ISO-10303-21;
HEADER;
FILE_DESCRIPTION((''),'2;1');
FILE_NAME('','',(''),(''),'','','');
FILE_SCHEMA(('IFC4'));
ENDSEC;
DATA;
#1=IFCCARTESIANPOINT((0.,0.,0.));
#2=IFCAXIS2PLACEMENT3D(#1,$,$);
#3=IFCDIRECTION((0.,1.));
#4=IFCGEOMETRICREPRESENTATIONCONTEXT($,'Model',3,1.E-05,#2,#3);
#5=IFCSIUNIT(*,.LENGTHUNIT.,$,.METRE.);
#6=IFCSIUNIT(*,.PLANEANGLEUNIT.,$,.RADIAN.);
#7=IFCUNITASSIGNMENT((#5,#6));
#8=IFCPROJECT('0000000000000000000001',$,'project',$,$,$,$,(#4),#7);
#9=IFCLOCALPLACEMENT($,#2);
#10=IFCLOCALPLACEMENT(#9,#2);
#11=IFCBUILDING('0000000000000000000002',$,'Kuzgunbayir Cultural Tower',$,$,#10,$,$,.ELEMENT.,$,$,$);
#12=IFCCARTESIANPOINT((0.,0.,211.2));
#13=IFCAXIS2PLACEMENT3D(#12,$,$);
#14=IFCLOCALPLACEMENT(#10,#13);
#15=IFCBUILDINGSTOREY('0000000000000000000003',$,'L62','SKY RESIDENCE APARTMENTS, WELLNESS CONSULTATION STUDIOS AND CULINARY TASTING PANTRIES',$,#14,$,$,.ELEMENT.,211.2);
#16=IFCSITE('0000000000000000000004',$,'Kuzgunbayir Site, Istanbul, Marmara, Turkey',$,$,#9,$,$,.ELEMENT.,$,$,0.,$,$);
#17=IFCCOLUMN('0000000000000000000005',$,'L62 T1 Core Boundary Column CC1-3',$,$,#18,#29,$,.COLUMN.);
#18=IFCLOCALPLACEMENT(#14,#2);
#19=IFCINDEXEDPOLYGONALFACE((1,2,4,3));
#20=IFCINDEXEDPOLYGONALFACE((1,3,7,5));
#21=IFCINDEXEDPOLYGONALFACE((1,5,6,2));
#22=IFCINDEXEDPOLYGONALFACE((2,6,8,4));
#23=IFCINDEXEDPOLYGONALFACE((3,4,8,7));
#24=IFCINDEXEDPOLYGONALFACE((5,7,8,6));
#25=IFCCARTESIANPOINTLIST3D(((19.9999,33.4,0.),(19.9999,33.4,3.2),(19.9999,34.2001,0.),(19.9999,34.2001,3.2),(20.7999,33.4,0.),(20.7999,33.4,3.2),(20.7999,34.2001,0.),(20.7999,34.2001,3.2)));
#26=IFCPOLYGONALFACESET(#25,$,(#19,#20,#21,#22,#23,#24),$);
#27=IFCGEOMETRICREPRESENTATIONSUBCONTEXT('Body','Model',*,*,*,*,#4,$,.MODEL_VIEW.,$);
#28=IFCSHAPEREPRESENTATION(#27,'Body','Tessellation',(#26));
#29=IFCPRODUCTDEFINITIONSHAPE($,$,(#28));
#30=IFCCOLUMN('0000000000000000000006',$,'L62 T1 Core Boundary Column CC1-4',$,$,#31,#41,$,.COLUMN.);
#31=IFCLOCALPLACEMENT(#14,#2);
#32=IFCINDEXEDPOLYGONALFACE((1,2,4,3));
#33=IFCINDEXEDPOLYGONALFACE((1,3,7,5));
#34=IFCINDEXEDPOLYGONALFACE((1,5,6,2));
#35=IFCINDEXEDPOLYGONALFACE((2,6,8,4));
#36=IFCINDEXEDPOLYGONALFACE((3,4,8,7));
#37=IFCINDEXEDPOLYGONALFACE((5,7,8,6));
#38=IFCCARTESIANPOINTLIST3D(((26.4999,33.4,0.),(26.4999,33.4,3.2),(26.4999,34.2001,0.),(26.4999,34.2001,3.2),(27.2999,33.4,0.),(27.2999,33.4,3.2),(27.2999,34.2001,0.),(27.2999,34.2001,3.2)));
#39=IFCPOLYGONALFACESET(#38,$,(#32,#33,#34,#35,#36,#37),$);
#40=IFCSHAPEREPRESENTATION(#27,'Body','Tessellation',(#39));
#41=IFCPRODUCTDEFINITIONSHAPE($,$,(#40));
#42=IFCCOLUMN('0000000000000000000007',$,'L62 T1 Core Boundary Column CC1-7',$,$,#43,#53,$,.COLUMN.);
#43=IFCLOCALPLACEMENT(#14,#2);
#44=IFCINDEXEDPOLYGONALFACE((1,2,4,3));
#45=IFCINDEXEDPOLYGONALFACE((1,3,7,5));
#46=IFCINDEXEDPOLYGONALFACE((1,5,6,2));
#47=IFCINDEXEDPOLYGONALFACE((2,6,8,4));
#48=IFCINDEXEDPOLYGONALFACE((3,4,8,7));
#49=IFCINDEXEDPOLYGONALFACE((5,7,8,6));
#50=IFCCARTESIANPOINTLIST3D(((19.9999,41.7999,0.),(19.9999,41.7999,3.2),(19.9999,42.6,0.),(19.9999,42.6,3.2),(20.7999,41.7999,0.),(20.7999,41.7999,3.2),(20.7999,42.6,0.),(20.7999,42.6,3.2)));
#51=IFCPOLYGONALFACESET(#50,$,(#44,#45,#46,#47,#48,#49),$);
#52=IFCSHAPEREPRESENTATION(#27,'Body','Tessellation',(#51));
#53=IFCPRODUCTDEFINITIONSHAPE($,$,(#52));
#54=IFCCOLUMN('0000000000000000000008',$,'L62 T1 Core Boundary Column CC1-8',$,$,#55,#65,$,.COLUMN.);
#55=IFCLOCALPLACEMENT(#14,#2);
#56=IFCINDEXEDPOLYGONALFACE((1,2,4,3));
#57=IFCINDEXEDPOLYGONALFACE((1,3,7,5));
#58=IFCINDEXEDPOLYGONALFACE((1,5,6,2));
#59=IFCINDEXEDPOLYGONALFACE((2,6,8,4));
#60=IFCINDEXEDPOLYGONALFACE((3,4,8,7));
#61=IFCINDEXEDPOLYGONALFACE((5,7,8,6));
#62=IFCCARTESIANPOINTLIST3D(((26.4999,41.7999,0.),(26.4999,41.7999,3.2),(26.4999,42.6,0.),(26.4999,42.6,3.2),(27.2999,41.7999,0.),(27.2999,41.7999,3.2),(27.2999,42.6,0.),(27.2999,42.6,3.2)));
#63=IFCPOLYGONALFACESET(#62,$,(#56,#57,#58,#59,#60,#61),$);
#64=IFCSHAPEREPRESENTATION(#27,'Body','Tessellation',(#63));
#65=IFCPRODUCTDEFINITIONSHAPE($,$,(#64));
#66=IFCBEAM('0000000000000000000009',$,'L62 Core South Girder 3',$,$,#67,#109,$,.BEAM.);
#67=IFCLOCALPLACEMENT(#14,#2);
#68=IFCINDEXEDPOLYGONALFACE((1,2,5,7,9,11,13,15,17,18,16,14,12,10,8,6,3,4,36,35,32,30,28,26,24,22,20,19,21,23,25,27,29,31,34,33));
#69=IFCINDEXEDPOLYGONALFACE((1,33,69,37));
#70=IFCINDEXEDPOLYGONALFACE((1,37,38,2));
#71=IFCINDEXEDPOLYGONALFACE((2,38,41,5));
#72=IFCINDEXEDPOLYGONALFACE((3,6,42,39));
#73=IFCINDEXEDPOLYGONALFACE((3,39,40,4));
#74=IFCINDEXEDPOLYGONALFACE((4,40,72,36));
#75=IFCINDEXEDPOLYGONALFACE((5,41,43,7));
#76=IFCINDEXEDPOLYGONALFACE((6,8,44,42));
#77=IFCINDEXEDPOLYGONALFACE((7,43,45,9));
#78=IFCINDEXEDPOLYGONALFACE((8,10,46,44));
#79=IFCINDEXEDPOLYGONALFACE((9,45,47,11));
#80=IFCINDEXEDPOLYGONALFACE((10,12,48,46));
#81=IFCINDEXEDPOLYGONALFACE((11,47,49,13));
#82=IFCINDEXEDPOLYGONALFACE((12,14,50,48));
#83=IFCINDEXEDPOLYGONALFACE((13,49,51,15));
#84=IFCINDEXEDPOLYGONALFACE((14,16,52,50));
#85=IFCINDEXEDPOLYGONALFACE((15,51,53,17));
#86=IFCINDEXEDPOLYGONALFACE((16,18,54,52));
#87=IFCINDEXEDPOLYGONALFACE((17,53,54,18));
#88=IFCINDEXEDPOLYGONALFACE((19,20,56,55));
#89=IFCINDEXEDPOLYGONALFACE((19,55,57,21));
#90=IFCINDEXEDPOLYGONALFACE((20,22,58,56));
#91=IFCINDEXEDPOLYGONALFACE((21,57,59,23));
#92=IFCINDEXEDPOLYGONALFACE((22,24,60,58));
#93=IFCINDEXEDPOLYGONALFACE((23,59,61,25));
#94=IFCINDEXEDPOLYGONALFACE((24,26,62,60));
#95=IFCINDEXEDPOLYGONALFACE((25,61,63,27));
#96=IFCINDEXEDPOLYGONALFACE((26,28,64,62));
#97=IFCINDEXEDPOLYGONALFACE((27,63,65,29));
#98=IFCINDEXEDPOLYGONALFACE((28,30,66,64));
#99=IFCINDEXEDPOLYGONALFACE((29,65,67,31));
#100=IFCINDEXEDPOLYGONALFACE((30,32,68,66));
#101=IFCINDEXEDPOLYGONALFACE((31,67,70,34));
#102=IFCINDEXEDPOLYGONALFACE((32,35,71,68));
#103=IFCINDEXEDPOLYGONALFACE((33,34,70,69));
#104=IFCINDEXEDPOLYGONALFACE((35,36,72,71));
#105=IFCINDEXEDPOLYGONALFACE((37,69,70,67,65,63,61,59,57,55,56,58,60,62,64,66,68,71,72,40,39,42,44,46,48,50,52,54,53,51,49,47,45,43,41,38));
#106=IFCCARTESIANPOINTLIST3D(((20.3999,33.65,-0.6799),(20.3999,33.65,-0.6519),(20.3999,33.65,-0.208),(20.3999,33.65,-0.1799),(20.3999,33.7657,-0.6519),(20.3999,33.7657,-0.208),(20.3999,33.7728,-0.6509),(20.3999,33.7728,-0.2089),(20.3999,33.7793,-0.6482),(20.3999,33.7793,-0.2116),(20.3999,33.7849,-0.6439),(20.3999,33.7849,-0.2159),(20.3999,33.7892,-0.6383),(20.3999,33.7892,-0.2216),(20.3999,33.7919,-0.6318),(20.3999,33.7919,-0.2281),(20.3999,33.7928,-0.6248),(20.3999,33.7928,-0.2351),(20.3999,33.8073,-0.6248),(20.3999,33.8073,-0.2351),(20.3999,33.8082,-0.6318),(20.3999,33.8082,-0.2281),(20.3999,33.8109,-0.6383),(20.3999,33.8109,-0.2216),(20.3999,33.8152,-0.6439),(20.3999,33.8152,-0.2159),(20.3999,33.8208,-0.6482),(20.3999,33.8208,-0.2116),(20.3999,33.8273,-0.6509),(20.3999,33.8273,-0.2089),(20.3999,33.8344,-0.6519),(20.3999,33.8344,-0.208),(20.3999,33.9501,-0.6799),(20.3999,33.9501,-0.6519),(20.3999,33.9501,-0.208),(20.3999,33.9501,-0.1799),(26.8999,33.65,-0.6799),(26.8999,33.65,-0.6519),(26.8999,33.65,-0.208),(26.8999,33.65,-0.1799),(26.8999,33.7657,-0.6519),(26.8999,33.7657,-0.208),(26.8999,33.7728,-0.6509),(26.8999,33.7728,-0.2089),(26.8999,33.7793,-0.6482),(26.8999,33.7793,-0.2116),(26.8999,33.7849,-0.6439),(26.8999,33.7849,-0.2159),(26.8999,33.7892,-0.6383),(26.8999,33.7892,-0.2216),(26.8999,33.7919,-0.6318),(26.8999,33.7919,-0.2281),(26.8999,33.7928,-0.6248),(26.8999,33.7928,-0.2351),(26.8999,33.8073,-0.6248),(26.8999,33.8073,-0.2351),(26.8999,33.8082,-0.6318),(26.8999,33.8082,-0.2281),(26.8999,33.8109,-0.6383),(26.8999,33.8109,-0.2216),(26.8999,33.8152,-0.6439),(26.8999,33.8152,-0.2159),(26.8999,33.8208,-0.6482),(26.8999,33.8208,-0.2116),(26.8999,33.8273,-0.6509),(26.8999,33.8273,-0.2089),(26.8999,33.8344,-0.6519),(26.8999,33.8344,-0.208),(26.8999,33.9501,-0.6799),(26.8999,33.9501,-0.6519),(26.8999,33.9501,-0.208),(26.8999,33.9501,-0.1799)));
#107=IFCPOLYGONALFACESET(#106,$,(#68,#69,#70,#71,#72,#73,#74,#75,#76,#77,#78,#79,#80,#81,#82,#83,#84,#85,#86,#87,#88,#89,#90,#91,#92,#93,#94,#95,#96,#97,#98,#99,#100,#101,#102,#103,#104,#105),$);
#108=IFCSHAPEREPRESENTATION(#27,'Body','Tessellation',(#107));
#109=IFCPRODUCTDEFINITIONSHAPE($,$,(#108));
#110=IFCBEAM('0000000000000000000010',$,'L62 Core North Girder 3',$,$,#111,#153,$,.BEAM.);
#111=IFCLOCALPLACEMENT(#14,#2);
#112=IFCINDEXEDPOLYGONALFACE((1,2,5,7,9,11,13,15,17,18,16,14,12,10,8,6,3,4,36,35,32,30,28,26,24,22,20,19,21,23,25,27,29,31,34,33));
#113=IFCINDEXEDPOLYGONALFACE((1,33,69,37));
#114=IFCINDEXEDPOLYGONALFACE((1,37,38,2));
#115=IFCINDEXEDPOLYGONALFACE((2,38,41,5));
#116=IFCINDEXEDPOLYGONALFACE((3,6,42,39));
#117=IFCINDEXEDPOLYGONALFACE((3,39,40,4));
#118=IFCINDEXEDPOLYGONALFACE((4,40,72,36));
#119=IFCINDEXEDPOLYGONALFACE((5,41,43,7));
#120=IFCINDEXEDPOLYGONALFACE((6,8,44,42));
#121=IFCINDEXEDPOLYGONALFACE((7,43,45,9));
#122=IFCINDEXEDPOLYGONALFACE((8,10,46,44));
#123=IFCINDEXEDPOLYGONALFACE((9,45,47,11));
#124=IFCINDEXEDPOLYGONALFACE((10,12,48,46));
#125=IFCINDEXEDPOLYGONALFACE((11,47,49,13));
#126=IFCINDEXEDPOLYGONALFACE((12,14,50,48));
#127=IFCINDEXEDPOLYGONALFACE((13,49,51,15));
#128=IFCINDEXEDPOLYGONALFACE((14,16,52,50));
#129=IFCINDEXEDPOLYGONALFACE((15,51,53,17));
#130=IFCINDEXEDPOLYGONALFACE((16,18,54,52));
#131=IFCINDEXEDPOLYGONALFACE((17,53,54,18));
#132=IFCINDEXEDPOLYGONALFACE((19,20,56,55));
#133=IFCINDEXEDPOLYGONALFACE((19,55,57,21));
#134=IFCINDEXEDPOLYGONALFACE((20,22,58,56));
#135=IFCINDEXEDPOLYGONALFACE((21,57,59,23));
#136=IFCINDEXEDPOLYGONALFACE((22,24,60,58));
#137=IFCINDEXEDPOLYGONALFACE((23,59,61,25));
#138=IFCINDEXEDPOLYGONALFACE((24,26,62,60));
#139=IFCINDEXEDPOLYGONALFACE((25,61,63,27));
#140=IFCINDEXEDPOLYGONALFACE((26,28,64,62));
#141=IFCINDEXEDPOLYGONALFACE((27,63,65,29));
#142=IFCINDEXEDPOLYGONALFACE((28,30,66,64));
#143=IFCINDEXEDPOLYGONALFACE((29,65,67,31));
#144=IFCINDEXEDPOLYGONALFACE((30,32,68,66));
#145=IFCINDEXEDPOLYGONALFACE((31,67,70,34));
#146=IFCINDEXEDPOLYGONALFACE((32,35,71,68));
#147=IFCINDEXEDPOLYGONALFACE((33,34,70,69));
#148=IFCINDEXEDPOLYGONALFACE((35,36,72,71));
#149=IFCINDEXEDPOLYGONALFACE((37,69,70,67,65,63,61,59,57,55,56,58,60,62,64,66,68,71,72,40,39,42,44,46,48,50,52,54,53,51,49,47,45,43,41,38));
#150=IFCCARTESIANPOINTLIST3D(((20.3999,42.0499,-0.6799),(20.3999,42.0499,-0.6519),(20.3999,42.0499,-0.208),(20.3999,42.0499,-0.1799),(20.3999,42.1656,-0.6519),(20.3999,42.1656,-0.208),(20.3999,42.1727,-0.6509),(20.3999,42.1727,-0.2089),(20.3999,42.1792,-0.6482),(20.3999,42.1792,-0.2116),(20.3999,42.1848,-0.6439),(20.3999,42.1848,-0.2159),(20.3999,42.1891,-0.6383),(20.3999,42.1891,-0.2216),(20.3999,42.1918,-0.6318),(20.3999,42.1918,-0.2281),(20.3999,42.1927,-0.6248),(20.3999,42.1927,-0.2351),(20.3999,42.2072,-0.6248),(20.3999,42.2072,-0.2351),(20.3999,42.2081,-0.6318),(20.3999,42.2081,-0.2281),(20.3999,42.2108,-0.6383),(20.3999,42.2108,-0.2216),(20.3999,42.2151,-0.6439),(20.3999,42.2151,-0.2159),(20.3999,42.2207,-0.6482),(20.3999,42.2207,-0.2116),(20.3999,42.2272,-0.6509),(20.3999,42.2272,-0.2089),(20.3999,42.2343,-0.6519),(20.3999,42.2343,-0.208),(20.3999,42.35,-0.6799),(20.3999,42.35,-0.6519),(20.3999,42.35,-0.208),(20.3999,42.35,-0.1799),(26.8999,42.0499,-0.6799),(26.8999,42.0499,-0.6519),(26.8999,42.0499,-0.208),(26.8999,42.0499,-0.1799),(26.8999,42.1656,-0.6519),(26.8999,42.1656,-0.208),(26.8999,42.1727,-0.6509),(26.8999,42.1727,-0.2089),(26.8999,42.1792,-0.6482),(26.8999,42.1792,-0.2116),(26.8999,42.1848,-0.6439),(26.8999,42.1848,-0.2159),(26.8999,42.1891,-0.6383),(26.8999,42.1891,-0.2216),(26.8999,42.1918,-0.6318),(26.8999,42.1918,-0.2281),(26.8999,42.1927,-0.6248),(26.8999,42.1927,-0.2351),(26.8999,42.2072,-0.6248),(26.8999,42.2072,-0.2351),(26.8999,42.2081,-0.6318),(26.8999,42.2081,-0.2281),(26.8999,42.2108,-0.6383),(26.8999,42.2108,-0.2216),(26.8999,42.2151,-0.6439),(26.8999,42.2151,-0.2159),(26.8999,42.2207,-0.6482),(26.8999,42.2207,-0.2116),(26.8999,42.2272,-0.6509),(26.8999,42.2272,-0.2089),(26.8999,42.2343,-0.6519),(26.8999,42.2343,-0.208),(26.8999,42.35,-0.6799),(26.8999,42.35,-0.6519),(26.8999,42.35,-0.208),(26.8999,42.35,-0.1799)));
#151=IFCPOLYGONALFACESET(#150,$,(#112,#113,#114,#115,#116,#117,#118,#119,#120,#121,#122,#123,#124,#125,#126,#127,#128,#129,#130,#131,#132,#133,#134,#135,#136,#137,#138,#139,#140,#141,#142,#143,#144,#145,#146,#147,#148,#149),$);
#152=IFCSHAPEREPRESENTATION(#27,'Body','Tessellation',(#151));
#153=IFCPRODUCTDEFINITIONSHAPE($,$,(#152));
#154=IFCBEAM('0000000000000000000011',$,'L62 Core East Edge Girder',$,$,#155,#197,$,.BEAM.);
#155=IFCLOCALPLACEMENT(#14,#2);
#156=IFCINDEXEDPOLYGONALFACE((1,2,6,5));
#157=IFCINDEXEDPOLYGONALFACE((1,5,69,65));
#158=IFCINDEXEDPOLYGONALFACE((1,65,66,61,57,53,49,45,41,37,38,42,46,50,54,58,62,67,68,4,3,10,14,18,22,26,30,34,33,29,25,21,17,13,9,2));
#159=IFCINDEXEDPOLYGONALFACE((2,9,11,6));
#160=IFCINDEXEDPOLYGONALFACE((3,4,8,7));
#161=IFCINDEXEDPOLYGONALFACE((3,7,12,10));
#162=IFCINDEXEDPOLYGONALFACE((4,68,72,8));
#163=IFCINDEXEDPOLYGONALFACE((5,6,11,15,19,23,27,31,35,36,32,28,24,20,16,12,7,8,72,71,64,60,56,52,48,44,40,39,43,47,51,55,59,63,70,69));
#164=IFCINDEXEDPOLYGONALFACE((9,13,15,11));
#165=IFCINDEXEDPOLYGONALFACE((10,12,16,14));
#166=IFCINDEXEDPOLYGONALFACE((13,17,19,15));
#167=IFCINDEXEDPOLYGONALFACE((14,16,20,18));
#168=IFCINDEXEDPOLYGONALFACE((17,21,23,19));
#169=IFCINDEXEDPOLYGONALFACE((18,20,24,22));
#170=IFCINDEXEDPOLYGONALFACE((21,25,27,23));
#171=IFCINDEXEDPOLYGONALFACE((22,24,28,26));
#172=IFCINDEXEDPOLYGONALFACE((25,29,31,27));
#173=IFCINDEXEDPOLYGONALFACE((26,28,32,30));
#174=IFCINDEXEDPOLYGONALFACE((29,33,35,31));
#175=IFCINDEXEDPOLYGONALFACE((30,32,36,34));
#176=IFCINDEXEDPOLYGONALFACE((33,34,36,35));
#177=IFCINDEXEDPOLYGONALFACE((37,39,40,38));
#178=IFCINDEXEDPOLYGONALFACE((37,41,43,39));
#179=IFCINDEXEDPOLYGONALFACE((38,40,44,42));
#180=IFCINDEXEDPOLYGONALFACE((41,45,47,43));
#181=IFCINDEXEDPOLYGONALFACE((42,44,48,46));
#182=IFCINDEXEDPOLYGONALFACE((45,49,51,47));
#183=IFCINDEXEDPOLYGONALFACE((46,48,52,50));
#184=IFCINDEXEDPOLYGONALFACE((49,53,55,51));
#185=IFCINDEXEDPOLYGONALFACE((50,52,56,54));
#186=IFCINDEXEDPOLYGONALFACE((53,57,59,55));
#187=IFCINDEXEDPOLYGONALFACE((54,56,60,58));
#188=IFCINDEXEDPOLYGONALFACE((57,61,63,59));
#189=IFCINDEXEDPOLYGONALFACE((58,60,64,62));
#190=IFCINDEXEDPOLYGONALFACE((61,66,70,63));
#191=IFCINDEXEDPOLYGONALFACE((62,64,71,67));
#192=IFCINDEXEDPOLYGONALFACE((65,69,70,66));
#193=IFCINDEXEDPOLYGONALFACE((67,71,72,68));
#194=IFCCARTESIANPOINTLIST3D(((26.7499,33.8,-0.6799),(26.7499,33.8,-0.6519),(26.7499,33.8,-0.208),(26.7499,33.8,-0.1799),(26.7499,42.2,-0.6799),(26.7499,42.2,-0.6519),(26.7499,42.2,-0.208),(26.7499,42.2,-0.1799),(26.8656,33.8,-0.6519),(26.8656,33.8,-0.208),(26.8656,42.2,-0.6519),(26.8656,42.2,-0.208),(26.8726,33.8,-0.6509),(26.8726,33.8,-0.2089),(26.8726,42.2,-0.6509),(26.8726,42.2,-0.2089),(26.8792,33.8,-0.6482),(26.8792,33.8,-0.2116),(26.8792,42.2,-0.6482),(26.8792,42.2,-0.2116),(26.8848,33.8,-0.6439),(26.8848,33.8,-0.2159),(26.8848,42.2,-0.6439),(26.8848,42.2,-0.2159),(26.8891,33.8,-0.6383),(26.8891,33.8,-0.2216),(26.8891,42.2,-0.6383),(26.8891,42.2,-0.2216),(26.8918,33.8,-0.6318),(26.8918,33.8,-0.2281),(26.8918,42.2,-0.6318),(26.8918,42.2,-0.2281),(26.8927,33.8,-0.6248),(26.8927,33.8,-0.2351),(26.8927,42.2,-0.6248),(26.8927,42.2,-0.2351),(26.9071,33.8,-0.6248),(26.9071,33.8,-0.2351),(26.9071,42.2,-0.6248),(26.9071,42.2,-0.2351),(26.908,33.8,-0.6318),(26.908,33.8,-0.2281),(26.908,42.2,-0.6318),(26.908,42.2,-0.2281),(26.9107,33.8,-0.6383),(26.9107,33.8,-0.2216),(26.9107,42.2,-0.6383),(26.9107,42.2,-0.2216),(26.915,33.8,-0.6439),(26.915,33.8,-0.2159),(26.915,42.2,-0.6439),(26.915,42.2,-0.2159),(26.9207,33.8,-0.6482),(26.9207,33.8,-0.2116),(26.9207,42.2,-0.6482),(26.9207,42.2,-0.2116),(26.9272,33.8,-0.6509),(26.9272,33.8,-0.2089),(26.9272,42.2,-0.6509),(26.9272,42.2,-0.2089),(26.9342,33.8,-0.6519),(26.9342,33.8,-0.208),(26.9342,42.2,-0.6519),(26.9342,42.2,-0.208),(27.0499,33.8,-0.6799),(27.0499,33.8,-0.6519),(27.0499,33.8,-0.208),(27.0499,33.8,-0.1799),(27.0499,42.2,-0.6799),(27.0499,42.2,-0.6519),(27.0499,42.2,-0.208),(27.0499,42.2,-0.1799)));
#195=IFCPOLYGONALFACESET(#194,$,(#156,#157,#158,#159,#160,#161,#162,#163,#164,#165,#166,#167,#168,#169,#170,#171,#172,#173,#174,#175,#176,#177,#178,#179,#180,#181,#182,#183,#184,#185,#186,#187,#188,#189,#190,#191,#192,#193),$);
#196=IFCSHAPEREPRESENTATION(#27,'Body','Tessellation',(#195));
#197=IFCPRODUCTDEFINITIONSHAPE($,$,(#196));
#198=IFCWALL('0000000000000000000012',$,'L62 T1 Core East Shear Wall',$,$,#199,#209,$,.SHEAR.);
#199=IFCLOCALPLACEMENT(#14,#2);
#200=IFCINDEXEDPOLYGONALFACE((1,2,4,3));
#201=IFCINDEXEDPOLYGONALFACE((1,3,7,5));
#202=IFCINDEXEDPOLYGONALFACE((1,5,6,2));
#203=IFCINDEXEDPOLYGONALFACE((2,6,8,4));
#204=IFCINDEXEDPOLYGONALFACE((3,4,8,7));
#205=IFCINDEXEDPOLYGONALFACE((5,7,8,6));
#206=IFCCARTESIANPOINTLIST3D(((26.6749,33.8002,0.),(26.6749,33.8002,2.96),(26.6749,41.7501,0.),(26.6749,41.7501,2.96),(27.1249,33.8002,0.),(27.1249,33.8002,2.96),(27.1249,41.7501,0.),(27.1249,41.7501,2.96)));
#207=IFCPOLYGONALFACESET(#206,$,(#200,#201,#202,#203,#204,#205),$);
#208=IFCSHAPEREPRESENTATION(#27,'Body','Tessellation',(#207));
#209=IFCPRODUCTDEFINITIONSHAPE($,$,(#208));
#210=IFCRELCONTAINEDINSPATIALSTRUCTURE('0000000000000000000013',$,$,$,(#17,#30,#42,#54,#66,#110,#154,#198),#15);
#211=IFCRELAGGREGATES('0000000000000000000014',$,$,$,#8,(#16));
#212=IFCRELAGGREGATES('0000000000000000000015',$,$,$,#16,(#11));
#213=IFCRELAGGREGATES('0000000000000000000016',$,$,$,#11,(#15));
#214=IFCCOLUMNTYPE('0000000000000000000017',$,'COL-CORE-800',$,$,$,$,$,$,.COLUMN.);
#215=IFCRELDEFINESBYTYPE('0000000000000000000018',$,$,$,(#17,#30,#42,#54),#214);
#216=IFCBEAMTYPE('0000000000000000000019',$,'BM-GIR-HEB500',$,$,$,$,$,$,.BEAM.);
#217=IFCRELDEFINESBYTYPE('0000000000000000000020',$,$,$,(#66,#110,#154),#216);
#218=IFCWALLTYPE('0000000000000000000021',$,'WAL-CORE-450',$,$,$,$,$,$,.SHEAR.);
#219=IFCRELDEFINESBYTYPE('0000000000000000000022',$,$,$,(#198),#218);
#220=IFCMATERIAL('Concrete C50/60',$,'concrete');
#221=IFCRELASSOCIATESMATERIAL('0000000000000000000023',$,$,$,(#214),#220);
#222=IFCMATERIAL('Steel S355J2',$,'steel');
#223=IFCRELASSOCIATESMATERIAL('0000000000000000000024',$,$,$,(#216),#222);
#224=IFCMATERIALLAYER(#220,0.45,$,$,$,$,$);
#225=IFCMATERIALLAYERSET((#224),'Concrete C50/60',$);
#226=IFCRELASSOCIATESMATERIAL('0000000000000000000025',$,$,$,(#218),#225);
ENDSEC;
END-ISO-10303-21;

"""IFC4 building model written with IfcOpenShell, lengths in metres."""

from ifc_helpers import new_model, si_unit, direction, frame, frame_2d, origin, origin_2d, place, context, subcontext, project, spatial, rectangle, i_section, extrude, material, layer, layer_set, material_profile, profile_set, type_object, element, save


model = new_model("IFC4")

# Units and contexts
model_context = context("Model", 3, precision=1e-05, world=origin(), true_north=direction((0.0, 1.0)))
body_context = subcontext(model_context, "Body", "Model", "MODEL_VIEW")
ifc_project = project(units=[si_unit("LENGTHUNIT", "METRE"), si_unit("PLANEANGLEUNIT", "RADIAN")], contexts=[model_context])

# Site, building, storey
site_placement = place(None, origin())
site = spatial("IfcSite", under=ifc_project, at=site_placement, Name="Kuzgunbayir Site, Istanbul, Marmara, Turkey", CompositionType="ELEMENT", RefElevation=0.0)
building_placement = place(site_placement, origin())
building = spatial("IfcBuilding", under=site, at=building_placement, Name="Kuzgunbayir Cultural Tower", CompositionType="ELEMENT")
storey_placement = place(building_placement, frame((0.0, 0.0, 211.2)))
storey = spatial("IfcBuildingStorey", under=building, at=storey_placement, Name="L62", Description="SKY RESIDENCE APARTMENTS, WELLNESS CONSULTATION STUDIOS AND CULINARY TASTING PANTRIES", CompositionType="ELEMENT", Elevation=211.2)

# Columns
ifc_material_1 = material(Name="Concrete C50/60", Category="concrete")
ifc_material_profile_1 = material_profile(ifc_material_1, rectangle(XDim=0.8, YDim=0.8, at=origin_2d()), Name="RC 800x800")
ifc_profile_set_1 = profile_set([ifc_material_profile_1], Name="Concrete C50/60")
column_type = type_object("IfcColumnType", Name="COL-CORE-800", PredefinedType="COLUMN", material=ifc_profile_set_1)
for number, where, z_axis, x_axis, name in (
    (1, (20.3999, 33.8, 0.0), (0.0, 0.0, 1.0), (1.0, 0.0, 0.0), "L62 T1 Core Boundary Column CC1-3"),
    (2, (26.8999, 33.8, 0.0), (0.0, 0.0, 1.0), (1.0, 0.0, 0.0), "L62 T1 Core Boundary Column CC1-4"),
    (3, (20.3999, 42.2, 0.0), (0.0, 0.0, 1.0), (1.0, 0.0, 0.0), "L62 T1 Core Boundary Column CC1-7"),
    (4, (26.8999, 42.2, 0.0), (0.0, 0.0, 1.0), (1.0, 0.0, 0.0), "L62 T1 Core Boundary Column CC1-8"),
):
    element("IfcColumn", number, at=place(storey_placement, frame(where, z_axis=z_axis, x_axis=x_axis)), inside=storey, type_object=column_type, Name=name, PredefinedType="COLUMN", context=body_context, shape_type="SweptSolid", body=[
        extrude(rectangle(XDim=0.8, YDim=0.8, at=origin_2d()), origin(), (0.0, 0.0, 1.0), 3.2),
    ])

# Beams
ifc_material_2 = material(Name="Steel S355J2", Category="steel")
ifc_material_profile_2 = material_profile(ifc_material_2, i_section(OverallWidth=0.3, OverallDepth=0.5, WebThickness=0.0144, FlangeThickness=0.0281, FilletRadius=0.0271, at=origin_2d()), Name="HEB 500")
ifc_profile_set_2 = profile_set([ifc_material_profile_2], Name="Steel S355J2")
beam_type = type_object("IfcBeamType", Name="BM-GIR-HEB500", PredefinedType="BEAM", material=ifc_profile_set_2)
for number, where, z_axis, x_axis, name in (
    (5, (20.3999, 33.8, -0.4299), (1.0, 0.0, 0.0), (0.0, 1.0, 0.0), "L62 Core South Girder 3"),
    (6, (20.3999, 42.2, -0.4299), (1.0, 0.0, 0.0), (0.0, 1.0, 0.0), "L62 Core North Girder 3"),
):
    element("IfcBeam", number, at=place(storey_placement, frame(where, z_axis=z_axis, x_axis=x_axis)), inside=storey, type_object=beam_type, Name=name, PredefinedType="BEAM", context=body_context, shape_type="SweptSolid", body=[
        extrude(i_section(OverallWidth=0.3, OverallDepth=0.5, WebThickness=0.0144, FlangeThickness=0.0281, FilletRadius=0.0271, at=origin_2d()), origin(), (0.0, 0.0, 1.0), 6.5),
    ])
beam_placement = place(storey_placement, frame((26.8999, 33.8, -0.4299), z_axis=(0.0, 1.0, 0.0), x_axis=(-1.0, 0.0, 0.0)))
element("IfcBeam", 7, at=beam_placement, inside=storey, type_object=beam_type, Name="L62 Core East Edge Girder", PredefinedType="BEAM", context=body_context, shape_type="SweptSolid", body=[
    extrude(i_section(OverallWidth=0.3, OverallDepth=0.5, WebThickness=0.0144, FlangeThickness=0.0281, FilletRadius=0.0271, at=origin_2d()), origin(), (0.0, 0.0, 1.0), 8.3999),
])

# Wall
ifc_layer_1 = layer(ifc_material_1, 0.45)
ifc_layer_set_1 = layer_set([ifc_layer_1], Name="Concrete C50/60")
wall_type_1 = type_object("IfcWallType", Name="WAL-CORE-450", PredefinedType="SHEAR", material=ifc_layer_set_1)
wall_1_placement = place(storey_placement, frame((26.8999, 33.8, 0.0), z_axis=(0.0, 0.0, 1.0), x_axis=(0.0, 1.0, 0.0)))
element("IfcWall", 8, at=wall_1_placement, inside=storey, type_object=wall_type_1, Name="L62 T1 Core East Shear Wall", PredefinedType="SHEAR", context=body_context, shape_type="SweptSolid", body=[
    extrude(rectangle(XDim=7.95, YDim=0.45, at=frame_2d((3.9751, 0.0))), origin(), (0.0, 0.0, 1.0), 2.96),
])

save(model, "model.ifc")
